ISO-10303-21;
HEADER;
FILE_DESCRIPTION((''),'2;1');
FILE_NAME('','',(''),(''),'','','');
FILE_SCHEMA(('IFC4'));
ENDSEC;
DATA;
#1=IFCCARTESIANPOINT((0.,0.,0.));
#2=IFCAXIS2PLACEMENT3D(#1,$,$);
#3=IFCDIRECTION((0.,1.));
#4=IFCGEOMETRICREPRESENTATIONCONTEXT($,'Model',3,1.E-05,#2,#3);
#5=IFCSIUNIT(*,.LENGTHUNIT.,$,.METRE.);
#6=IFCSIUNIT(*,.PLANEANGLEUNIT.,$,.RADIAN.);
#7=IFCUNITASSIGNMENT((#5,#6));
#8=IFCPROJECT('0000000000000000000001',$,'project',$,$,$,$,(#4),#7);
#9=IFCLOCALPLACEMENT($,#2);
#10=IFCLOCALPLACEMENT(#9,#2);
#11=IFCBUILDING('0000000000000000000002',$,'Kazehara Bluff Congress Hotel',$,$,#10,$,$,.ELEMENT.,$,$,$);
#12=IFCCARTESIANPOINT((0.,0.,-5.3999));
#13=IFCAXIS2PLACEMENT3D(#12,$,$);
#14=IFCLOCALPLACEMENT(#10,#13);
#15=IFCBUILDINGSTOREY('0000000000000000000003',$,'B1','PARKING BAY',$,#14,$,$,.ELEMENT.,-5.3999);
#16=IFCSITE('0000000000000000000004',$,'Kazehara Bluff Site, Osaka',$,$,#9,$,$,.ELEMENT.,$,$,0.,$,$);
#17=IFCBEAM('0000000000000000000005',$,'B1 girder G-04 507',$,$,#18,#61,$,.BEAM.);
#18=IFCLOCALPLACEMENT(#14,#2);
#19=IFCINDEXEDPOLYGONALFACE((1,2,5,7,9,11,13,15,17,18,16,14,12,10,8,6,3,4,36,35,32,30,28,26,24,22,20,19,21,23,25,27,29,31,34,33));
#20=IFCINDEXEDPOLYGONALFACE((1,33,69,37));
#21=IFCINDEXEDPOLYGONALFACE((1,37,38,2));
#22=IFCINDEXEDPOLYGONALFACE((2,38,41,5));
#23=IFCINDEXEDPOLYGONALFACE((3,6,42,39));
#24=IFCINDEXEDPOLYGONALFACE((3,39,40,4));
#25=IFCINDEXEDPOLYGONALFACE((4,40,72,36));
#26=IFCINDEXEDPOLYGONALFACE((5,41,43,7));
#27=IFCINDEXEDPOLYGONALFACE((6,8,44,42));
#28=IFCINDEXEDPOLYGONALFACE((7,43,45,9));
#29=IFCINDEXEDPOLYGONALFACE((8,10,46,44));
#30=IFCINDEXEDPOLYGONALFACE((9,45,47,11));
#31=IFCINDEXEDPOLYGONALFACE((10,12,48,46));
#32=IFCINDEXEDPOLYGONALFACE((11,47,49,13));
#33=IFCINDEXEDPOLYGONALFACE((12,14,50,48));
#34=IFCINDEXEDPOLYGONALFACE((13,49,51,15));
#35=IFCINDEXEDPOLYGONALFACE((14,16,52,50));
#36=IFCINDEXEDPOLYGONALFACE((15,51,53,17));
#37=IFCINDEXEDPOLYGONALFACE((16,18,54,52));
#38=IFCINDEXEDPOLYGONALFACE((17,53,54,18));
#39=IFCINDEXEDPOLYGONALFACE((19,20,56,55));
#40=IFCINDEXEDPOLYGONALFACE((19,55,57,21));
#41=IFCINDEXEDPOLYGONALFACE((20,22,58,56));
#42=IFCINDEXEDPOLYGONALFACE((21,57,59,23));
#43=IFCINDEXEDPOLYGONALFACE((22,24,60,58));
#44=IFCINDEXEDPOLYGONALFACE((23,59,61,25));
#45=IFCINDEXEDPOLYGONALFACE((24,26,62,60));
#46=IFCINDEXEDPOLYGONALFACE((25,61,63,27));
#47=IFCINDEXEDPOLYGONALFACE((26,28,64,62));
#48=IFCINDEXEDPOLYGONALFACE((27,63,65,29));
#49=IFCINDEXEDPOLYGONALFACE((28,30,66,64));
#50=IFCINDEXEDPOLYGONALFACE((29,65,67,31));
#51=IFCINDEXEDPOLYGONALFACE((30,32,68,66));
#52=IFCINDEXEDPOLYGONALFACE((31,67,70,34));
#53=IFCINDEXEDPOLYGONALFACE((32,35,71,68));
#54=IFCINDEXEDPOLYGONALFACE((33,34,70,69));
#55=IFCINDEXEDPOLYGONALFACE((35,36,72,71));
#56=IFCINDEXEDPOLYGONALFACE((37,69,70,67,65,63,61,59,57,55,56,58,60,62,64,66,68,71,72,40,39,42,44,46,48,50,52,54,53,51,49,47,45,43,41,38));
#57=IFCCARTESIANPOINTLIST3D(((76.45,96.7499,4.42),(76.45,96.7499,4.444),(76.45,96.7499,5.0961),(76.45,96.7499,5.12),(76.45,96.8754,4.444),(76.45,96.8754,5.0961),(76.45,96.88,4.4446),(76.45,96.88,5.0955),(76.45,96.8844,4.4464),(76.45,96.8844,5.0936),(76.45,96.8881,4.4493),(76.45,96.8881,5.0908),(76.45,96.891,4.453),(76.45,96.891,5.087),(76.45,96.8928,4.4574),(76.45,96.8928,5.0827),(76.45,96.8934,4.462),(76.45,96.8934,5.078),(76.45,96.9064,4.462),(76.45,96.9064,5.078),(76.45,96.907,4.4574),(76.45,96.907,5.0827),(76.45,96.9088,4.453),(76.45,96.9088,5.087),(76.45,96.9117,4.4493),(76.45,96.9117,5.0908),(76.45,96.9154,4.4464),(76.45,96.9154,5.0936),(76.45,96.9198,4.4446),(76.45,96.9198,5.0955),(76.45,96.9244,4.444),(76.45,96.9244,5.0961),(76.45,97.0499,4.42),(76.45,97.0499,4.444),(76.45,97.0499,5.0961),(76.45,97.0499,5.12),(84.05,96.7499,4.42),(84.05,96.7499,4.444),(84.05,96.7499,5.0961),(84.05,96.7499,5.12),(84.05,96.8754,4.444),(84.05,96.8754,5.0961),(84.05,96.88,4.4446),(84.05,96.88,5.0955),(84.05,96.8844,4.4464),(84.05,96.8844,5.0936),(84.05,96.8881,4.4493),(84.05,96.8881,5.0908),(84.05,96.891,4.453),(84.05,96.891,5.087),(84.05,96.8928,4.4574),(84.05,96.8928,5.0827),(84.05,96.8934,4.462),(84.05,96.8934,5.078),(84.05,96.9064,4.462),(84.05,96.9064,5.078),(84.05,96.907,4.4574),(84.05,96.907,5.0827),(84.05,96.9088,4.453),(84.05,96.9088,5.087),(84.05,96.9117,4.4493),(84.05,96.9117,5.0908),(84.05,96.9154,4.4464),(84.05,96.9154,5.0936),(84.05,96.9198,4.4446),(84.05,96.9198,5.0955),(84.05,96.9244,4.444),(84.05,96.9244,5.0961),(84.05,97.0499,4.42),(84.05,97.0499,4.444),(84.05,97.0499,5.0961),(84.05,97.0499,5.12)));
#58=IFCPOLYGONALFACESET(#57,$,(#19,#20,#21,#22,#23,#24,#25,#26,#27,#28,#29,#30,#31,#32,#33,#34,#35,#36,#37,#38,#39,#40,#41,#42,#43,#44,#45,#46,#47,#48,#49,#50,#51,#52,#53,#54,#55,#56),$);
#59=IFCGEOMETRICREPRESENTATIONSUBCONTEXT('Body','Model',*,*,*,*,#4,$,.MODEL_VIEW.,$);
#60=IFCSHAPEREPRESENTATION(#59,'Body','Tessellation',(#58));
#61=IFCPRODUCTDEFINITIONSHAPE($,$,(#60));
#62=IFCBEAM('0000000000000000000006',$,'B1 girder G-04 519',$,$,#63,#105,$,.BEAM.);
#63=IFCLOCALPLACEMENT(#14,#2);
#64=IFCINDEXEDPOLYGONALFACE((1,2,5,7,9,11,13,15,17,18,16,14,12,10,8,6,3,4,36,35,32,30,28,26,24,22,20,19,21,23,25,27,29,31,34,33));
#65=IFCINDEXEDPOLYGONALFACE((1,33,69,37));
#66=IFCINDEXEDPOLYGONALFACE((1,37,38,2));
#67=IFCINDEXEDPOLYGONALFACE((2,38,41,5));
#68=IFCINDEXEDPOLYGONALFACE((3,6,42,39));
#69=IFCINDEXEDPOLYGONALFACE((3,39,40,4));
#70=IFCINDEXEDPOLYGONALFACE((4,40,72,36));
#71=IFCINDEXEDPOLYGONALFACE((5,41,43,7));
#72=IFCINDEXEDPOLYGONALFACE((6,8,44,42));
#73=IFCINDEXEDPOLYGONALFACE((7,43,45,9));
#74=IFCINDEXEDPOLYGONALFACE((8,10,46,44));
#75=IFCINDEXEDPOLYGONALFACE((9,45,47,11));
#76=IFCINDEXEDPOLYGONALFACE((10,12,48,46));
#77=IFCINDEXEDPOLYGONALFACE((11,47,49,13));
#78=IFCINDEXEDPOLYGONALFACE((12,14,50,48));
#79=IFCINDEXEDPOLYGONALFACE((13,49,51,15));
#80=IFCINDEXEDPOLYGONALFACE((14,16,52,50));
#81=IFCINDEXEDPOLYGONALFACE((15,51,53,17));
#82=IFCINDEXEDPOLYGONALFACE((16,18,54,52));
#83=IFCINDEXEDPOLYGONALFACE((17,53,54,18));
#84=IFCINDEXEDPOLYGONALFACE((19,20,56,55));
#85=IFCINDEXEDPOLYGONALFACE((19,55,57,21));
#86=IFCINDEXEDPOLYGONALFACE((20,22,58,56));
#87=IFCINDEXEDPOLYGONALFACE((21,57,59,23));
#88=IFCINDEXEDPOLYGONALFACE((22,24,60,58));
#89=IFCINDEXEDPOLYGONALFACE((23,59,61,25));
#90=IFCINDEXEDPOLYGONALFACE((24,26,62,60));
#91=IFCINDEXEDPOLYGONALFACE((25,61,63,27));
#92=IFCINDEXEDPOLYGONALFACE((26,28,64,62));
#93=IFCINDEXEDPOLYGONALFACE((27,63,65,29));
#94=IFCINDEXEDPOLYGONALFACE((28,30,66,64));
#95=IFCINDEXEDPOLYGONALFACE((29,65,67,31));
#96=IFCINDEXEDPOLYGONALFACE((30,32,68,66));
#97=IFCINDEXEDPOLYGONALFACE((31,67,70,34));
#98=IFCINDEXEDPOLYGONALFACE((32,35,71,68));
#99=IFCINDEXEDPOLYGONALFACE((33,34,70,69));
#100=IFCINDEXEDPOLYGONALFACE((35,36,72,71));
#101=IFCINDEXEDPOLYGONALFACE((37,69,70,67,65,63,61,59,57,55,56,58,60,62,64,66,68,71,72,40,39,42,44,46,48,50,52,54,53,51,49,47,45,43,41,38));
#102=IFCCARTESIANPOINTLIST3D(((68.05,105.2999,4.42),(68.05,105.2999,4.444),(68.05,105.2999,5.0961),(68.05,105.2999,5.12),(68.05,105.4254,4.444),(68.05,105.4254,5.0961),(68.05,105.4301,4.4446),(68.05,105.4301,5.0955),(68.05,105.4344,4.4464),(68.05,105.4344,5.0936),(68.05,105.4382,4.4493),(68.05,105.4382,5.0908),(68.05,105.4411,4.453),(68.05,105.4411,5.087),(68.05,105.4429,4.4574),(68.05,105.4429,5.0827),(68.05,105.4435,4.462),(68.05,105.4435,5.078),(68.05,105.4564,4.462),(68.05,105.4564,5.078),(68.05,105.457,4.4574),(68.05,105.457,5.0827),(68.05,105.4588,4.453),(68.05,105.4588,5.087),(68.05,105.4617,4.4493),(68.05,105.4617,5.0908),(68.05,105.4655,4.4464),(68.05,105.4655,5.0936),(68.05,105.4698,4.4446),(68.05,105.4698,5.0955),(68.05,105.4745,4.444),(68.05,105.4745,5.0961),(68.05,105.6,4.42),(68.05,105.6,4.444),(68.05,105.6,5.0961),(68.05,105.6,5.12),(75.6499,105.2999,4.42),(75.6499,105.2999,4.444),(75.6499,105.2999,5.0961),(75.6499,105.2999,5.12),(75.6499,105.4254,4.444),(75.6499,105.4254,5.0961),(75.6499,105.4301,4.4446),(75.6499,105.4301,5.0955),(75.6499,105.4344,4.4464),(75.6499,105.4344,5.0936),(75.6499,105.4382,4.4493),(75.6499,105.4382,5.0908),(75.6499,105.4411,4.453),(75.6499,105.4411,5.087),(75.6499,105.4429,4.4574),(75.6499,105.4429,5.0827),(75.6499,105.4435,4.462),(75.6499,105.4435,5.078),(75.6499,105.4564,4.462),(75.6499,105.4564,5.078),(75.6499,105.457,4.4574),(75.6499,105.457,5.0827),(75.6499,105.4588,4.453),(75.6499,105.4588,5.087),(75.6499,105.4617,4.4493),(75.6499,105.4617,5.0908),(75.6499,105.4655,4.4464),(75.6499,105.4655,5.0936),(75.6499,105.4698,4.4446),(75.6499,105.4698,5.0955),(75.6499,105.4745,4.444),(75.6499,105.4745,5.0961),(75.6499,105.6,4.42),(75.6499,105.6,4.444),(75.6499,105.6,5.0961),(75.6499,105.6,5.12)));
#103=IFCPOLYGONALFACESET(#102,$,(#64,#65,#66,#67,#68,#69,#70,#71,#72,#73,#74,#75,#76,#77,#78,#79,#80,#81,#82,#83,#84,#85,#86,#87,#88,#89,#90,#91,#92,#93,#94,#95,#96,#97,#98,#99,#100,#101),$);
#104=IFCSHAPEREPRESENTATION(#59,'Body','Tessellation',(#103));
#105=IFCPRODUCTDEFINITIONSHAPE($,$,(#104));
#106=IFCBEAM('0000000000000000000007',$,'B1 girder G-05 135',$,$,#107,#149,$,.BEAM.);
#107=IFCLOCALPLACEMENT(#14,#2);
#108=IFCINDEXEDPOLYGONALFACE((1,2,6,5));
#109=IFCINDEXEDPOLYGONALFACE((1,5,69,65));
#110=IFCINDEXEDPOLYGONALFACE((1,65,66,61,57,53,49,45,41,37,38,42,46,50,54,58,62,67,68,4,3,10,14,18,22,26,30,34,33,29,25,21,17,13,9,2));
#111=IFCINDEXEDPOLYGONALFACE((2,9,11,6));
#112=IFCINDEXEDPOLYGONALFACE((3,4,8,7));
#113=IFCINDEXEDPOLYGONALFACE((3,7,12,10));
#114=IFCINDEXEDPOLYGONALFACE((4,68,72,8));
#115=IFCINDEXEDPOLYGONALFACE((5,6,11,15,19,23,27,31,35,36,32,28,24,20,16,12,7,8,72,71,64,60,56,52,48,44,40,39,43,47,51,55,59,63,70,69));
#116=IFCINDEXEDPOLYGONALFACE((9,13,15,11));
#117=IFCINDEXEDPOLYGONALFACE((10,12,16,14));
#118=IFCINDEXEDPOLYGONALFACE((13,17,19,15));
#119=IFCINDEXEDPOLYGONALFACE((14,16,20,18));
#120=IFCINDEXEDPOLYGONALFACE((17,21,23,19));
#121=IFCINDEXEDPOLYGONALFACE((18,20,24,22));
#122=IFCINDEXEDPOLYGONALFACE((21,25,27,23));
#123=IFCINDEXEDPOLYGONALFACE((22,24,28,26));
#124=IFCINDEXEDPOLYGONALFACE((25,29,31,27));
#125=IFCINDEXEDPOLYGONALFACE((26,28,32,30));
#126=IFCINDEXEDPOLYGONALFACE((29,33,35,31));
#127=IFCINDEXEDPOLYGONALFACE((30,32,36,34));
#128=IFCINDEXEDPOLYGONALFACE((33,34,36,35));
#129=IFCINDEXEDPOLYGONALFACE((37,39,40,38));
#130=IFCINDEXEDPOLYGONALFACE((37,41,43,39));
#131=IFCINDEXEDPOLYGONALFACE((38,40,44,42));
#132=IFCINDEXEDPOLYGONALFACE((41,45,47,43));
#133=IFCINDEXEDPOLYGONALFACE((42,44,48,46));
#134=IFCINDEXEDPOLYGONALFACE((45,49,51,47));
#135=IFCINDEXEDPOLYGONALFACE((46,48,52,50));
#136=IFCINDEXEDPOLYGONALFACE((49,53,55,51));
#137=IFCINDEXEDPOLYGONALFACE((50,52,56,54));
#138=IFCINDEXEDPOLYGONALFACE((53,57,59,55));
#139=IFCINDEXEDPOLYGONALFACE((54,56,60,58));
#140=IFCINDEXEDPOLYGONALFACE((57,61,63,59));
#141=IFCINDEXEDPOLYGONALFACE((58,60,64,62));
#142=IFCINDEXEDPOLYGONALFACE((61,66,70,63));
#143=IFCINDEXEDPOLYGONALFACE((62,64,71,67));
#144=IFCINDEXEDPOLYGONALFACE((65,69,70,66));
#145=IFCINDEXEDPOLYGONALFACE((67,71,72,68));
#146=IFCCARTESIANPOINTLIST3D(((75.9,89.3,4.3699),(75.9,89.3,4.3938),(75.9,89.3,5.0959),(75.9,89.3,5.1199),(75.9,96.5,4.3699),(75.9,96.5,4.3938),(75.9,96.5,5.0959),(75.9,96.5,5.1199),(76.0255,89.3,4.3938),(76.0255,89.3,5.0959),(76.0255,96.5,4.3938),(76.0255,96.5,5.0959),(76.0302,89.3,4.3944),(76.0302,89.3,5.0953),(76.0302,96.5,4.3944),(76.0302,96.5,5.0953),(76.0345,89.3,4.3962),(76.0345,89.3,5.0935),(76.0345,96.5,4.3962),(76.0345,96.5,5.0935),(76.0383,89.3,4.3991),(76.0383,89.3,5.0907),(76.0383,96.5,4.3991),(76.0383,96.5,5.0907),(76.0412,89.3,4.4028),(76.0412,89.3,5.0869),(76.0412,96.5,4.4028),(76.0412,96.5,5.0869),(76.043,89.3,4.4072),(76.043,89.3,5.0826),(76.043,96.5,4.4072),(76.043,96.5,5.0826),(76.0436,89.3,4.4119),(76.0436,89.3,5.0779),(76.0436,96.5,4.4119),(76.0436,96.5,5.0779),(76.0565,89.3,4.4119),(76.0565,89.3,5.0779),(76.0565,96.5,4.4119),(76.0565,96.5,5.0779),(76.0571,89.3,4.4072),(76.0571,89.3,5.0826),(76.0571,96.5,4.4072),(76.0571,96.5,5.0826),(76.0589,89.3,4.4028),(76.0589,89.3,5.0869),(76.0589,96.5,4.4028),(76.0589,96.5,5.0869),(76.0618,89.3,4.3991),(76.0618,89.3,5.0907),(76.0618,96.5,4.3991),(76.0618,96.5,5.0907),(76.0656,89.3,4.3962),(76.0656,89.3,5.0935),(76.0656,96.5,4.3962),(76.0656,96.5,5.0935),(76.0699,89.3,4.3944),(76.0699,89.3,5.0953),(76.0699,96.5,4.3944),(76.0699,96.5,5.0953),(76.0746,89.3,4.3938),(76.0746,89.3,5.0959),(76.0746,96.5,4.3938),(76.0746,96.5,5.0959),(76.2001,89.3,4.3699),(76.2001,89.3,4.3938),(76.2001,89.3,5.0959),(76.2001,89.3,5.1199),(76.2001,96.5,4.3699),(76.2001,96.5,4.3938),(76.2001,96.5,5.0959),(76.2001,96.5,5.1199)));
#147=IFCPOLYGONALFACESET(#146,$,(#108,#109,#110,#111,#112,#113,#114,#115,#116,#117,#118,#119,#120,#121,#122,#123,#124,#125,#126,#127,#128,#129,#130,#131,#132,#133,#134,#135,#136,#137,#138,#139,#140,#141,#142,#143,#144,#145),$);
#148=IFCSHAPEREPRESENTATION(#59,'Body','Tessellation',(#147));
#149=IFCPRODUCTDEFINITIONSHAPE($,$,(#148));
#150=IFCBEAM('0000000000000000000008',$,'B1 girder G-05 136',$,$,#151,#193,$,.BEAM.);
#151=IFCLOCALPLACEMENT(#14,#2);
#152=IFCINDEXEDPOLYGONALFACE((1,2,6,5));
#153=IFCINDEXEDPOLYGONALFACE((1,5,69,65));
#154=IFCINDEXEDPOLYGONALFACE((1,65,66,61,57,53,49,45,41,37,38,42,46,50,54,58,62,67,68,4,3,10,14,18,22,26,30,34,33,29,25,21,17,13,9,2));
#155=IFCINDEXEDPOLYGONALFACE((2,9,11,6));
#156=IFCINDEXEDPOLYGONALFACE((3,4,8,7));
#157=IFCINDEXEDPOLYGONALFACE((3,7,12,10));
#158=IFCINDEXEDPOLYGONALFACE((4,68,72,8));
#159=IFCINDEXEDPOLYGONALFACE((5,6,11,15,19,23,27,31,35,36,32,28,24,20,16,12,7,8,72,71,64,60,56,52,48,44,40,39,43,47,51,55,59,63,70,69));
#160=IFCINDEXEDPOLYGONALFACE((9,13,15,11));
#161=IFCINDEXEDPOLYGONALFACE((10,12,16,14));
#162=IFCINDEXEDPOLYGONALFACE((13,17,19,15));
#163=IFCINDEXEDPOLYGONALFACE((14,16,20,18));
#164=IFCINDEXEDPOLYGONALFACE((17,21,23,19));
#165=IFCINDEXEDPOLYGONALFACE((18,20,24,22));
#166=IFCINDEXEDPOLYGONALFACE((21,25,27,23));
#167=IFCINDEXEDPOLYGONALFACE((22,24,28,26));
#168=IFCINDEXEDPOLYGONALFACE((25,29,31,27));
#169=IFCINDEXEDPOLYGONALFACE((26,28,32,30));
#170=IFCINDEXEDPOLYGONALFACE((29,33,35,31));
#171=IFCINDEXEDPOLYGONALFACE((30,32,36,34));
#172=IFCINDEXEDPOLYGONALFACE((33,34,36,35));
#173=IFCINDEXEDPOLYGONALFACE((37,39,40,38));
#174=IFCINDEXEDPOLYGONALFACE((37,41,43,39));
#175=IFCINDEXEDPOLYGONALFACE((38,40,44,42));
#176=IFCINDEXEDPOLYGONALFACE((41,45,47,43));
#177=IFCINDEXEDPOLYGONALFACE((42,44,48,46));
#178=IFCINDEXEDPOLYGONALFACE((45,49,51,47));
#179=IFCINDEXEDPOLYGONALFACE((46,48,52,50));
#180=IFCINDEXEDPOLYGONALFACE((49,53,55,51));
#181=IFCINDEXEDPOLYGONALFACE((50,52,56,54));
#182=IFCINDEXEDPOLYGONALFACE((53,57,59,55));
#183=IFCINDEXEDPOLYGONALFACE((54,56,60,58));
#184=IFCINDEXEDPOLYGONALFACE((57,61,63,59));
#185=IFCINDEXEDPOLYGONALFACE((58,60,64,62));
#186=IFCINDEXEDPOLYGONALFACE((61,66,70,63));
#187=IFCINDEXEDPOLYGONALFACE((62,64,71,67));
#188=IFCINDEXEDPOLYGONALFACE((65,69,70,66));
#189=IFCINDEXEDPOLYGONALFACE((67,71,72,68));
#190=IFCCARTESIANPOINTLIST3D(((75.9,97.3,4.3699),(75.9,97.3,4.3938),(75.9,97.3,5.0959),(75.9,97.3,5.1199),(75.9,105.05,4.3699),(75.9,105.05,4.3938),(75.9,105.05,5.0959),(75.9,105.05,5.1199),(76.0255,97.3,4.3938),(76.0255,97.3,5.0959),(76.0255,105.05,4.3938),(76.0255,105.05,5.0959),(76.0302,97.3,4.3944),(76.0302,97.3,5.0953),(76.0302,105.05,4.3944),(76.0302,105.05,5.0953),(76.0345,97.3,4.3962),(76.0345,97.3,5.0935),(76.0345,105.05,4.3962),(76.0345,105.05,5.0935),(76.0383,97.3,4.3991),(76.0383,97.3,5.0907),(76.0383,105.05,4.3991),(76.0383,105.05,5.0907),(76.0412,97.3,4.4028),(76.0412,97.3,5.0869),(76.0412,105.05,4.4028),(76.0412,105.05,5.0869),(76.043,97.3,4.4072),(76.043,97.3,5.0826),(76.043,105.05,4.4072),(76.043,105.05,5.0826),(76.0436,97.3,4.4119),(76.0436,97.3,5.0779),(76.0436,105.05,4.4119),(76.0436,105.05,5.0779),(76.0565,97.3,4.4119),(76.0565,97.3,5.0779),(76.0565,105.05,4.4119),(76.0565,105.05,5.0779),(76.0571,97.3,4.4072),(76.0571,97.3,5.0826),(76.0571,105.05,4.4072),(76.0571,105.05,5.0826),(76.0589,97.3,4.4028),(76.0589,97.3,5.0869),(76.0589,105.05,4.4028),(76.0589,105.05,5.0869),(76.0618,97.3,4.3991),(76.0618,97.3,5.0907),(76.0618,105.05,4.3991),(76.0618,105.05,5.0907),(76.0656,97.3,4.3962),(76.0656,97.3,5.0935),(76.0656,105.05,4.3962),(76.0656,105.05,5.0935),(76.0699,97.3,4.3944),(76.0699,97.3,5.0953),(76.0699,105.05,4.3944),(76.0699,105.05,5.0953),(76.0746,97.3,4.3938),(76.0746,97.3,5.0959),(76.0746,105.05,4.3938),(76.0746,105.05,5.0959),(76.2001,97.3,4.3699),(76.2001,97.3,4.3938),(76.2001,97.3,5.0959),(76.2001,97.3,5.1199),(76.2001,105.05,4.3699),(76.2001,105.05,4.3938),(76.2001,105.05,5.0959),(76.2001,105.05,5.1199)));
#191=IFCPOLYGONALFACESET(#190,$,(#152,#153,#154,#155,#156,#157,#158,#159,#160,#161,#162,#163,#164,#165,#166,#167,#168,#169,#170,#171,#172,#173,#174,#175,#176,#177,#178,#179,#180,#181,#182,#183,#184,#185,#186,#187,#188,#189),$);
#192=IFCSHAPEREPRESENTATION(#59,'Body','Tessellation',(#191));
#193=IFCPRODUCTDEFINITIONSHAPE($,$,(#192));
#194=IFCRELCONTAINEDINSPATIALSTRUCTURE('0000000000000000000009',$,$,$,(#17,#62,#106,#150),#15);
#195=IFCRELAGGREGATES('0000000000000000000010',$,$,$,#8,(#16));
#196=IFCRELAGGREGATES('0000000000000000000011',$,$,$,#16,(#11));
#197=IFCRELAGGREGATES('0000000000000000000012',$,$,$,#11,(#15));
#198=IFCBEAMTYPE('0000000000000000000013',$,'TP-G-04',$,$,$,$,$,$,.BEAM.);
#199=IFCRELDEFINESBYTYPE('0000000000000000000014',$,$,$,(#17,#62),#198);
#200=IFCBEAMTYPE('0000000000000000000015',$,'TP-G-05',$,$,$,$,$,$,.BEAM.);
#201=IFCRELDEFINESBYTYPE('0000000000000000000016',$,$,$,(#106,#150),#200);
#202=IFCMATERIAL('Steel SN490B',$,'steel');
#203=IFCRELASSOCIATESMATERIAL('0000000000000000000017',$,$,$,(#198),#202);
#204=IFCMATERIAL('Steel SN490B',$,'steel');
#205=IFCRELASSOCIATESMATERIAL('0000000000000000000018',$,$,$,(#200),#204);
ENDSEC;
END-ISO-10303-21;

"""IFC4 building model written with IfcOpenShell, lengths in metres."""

from ifc_helpers import new_model, si_unit, direction, frame, origin, origin_2d, place, context, subcontext, project, spatial, i_section, extrude, material, material_profile, profile_set, type_object, element, save


model = new_model("IFC4")

# Units and contexts
model_context = context("Model", 3, precision=1e-05, world=origin(), true_north=direction((0.0, 1.0)))
body_context = subcontext(model_context, "Body", "Model", "MODEL_VIEW")
ifc_project = project(units=[si_unit("LENGTHUNIT", "METRE"), si_unit("PLANEANGLEUNIT", "RADIAN")], contexts=[model_context])

# Site, building, storey
site_placement = place(None, origin())
site = spatial("IfcSite", under=ifc_project, at=site_placement, Name="Kazehara Bluff Site, Osaka", CompositionType="ELEMENT", RefElevation=0.0)
building_placement = place(site_placement, origin())
building = spatial("IfcBuilding", under=site, at=building_placement, Name="Kazehara Bluff Congress Hotel", CompositionType="ELEMENT")
storey_placement = place(building_placement, frame((0.0, 0.0, -5.3999)))
storey = spatial("IfcBuildingStorey", under=building, at=storey_placement, Name="B1", Description="PARKING BAY", CompositionType="ELEMENT", Elevation=-5.3999)

# Beams
ifc_material_1 = material(Name="Steel SN490B", Category="steel")
ifc_material_profile_1 = material_profile(ifc_material_1, i_section(OverallWidth=0.3, OverallDepth=0.7, WebThickness=0.0129, FlangeThickness=0.0239, FilletRadius=0.0181, at=origin_2d()))
ifc_profile_set_1 = profile_set([ifc_material_profile_1], Name="Steel SN490B")
beam_type_1 = type_object("IfcBeamType", Name="TP-G-04", PredefinedType="BEAM", material=ifc_profile_set_1)
for number, where, z_axis, x_axis, name in (
    (1, (76.45, 96.8999, 4.77), (1.0, 0.0, 0.0), (0.0, 1.0, 0.0), "B1 girder G-04 507"),
):
    element("IfcBeam", number, at=place(storey_placement, frame(where, z_axis=z_axis, x_axis=x_axis)), inside=storey, type_object=beam_type_1, Name=name, PredefinedType="BEAM", context=body_context, shape_type="SweptSolid", body=[
        extrude(i_section(OverallWidth=0.3, OverallDepth=0.7, WebThickness=0.0129, FlangeThickness=0.0239, FilletRadius=0.0181, at=origin_2d()), origin(), (0.0, 0.0, 1.0), 7.6001),
    ])
beam_1_placement = place(storey_placement, frame((68.05, 105.45, 4.77), z_axis=(1.0, 0.0, 0.0), x_axis=(0.0, 1.0, 0.0)))
element("IfcBeam", 2, at=beam_1_placement, inside=storey, type_object=beam_type_1, Name="B1 girder G-04 519", PredefinedType="BEAM", context=body_context, shape_type="SweptSolid", body=[
    extrude(i_section(OverallWidth=0.3, OverallDepth=0.7, WebThickness=0.0129, FlangeThickness=0.0239, FilletRadius=0.0181, at=origin_2d()), origin(), (0.0, 0.0, 1.0), 7.5999),
])
ifc_material_2 = material(Name="Steel SN490B", Category="steel")
ifc_material_profile_2 = material_profile(ifc_material_2, i_section(OverallWidth=0.3, OverallDepth=0.75, WebThickness=0.0129, FlangeThickness=0.0239, FilletRadius=0.0181, at=origin_2d()))
ifc_profile_set_2 = profile_set([ifc_material_profile_2], Name="Steel SN490B")
beam_type_2 = type_object("IfcBeamType", Name="TP-G-05", PredefinedType="BEAM", material=ifc_profile_set_2)
beam_2_placement = place(storey_placement, frame((76.05, 89.3, 4.7449), z_axis=(0.0, 1.0, 0.0), x_axis=(-1.0, 0.0, 0.0)))
element("IfcBeam", 3, at=beam_2_placement, inside=storey, type_object=beam_type_2, Name="B1 girder G-05 135", PredefinedType="BEAM", context=body_context, shape_type="SweptSolid", body=[
    extrude(i_section(OverallWidth=0.3, OverallDepth=0.75, WebThickness=0.0129, FlangeThickness=0.0239, FilletRadius=0.0181, at=origin_2d()), origin(), (0.0, 0.0, 1.0), 7.2),
])
beam_3_placement = place(storey_placement, frame((76.05, 97.3, 4.7449), z_axis=(0.0, 1.0, 0.0), x_axis=(-1.0, 0.0, 0.0)))
element("IfcBeam", 4, at=beam_3_placement, inside=storey, type_object=beam_type_2, Name="B1 girder G-05 136", PredefinedType="BEAM", context=body_context, shape_type="SweptSolid", body=[
    extrude(i_section(OverallWidth=0.3, OverallDepth=0.75, WebThickness=0.0129, FlangeThickness=0.0239, FilletRadius=0.0181, at=origin_2d()), origin(), (0.0, 0.0, 1.0), 7.75),
])

save(model, "model.ifc")
